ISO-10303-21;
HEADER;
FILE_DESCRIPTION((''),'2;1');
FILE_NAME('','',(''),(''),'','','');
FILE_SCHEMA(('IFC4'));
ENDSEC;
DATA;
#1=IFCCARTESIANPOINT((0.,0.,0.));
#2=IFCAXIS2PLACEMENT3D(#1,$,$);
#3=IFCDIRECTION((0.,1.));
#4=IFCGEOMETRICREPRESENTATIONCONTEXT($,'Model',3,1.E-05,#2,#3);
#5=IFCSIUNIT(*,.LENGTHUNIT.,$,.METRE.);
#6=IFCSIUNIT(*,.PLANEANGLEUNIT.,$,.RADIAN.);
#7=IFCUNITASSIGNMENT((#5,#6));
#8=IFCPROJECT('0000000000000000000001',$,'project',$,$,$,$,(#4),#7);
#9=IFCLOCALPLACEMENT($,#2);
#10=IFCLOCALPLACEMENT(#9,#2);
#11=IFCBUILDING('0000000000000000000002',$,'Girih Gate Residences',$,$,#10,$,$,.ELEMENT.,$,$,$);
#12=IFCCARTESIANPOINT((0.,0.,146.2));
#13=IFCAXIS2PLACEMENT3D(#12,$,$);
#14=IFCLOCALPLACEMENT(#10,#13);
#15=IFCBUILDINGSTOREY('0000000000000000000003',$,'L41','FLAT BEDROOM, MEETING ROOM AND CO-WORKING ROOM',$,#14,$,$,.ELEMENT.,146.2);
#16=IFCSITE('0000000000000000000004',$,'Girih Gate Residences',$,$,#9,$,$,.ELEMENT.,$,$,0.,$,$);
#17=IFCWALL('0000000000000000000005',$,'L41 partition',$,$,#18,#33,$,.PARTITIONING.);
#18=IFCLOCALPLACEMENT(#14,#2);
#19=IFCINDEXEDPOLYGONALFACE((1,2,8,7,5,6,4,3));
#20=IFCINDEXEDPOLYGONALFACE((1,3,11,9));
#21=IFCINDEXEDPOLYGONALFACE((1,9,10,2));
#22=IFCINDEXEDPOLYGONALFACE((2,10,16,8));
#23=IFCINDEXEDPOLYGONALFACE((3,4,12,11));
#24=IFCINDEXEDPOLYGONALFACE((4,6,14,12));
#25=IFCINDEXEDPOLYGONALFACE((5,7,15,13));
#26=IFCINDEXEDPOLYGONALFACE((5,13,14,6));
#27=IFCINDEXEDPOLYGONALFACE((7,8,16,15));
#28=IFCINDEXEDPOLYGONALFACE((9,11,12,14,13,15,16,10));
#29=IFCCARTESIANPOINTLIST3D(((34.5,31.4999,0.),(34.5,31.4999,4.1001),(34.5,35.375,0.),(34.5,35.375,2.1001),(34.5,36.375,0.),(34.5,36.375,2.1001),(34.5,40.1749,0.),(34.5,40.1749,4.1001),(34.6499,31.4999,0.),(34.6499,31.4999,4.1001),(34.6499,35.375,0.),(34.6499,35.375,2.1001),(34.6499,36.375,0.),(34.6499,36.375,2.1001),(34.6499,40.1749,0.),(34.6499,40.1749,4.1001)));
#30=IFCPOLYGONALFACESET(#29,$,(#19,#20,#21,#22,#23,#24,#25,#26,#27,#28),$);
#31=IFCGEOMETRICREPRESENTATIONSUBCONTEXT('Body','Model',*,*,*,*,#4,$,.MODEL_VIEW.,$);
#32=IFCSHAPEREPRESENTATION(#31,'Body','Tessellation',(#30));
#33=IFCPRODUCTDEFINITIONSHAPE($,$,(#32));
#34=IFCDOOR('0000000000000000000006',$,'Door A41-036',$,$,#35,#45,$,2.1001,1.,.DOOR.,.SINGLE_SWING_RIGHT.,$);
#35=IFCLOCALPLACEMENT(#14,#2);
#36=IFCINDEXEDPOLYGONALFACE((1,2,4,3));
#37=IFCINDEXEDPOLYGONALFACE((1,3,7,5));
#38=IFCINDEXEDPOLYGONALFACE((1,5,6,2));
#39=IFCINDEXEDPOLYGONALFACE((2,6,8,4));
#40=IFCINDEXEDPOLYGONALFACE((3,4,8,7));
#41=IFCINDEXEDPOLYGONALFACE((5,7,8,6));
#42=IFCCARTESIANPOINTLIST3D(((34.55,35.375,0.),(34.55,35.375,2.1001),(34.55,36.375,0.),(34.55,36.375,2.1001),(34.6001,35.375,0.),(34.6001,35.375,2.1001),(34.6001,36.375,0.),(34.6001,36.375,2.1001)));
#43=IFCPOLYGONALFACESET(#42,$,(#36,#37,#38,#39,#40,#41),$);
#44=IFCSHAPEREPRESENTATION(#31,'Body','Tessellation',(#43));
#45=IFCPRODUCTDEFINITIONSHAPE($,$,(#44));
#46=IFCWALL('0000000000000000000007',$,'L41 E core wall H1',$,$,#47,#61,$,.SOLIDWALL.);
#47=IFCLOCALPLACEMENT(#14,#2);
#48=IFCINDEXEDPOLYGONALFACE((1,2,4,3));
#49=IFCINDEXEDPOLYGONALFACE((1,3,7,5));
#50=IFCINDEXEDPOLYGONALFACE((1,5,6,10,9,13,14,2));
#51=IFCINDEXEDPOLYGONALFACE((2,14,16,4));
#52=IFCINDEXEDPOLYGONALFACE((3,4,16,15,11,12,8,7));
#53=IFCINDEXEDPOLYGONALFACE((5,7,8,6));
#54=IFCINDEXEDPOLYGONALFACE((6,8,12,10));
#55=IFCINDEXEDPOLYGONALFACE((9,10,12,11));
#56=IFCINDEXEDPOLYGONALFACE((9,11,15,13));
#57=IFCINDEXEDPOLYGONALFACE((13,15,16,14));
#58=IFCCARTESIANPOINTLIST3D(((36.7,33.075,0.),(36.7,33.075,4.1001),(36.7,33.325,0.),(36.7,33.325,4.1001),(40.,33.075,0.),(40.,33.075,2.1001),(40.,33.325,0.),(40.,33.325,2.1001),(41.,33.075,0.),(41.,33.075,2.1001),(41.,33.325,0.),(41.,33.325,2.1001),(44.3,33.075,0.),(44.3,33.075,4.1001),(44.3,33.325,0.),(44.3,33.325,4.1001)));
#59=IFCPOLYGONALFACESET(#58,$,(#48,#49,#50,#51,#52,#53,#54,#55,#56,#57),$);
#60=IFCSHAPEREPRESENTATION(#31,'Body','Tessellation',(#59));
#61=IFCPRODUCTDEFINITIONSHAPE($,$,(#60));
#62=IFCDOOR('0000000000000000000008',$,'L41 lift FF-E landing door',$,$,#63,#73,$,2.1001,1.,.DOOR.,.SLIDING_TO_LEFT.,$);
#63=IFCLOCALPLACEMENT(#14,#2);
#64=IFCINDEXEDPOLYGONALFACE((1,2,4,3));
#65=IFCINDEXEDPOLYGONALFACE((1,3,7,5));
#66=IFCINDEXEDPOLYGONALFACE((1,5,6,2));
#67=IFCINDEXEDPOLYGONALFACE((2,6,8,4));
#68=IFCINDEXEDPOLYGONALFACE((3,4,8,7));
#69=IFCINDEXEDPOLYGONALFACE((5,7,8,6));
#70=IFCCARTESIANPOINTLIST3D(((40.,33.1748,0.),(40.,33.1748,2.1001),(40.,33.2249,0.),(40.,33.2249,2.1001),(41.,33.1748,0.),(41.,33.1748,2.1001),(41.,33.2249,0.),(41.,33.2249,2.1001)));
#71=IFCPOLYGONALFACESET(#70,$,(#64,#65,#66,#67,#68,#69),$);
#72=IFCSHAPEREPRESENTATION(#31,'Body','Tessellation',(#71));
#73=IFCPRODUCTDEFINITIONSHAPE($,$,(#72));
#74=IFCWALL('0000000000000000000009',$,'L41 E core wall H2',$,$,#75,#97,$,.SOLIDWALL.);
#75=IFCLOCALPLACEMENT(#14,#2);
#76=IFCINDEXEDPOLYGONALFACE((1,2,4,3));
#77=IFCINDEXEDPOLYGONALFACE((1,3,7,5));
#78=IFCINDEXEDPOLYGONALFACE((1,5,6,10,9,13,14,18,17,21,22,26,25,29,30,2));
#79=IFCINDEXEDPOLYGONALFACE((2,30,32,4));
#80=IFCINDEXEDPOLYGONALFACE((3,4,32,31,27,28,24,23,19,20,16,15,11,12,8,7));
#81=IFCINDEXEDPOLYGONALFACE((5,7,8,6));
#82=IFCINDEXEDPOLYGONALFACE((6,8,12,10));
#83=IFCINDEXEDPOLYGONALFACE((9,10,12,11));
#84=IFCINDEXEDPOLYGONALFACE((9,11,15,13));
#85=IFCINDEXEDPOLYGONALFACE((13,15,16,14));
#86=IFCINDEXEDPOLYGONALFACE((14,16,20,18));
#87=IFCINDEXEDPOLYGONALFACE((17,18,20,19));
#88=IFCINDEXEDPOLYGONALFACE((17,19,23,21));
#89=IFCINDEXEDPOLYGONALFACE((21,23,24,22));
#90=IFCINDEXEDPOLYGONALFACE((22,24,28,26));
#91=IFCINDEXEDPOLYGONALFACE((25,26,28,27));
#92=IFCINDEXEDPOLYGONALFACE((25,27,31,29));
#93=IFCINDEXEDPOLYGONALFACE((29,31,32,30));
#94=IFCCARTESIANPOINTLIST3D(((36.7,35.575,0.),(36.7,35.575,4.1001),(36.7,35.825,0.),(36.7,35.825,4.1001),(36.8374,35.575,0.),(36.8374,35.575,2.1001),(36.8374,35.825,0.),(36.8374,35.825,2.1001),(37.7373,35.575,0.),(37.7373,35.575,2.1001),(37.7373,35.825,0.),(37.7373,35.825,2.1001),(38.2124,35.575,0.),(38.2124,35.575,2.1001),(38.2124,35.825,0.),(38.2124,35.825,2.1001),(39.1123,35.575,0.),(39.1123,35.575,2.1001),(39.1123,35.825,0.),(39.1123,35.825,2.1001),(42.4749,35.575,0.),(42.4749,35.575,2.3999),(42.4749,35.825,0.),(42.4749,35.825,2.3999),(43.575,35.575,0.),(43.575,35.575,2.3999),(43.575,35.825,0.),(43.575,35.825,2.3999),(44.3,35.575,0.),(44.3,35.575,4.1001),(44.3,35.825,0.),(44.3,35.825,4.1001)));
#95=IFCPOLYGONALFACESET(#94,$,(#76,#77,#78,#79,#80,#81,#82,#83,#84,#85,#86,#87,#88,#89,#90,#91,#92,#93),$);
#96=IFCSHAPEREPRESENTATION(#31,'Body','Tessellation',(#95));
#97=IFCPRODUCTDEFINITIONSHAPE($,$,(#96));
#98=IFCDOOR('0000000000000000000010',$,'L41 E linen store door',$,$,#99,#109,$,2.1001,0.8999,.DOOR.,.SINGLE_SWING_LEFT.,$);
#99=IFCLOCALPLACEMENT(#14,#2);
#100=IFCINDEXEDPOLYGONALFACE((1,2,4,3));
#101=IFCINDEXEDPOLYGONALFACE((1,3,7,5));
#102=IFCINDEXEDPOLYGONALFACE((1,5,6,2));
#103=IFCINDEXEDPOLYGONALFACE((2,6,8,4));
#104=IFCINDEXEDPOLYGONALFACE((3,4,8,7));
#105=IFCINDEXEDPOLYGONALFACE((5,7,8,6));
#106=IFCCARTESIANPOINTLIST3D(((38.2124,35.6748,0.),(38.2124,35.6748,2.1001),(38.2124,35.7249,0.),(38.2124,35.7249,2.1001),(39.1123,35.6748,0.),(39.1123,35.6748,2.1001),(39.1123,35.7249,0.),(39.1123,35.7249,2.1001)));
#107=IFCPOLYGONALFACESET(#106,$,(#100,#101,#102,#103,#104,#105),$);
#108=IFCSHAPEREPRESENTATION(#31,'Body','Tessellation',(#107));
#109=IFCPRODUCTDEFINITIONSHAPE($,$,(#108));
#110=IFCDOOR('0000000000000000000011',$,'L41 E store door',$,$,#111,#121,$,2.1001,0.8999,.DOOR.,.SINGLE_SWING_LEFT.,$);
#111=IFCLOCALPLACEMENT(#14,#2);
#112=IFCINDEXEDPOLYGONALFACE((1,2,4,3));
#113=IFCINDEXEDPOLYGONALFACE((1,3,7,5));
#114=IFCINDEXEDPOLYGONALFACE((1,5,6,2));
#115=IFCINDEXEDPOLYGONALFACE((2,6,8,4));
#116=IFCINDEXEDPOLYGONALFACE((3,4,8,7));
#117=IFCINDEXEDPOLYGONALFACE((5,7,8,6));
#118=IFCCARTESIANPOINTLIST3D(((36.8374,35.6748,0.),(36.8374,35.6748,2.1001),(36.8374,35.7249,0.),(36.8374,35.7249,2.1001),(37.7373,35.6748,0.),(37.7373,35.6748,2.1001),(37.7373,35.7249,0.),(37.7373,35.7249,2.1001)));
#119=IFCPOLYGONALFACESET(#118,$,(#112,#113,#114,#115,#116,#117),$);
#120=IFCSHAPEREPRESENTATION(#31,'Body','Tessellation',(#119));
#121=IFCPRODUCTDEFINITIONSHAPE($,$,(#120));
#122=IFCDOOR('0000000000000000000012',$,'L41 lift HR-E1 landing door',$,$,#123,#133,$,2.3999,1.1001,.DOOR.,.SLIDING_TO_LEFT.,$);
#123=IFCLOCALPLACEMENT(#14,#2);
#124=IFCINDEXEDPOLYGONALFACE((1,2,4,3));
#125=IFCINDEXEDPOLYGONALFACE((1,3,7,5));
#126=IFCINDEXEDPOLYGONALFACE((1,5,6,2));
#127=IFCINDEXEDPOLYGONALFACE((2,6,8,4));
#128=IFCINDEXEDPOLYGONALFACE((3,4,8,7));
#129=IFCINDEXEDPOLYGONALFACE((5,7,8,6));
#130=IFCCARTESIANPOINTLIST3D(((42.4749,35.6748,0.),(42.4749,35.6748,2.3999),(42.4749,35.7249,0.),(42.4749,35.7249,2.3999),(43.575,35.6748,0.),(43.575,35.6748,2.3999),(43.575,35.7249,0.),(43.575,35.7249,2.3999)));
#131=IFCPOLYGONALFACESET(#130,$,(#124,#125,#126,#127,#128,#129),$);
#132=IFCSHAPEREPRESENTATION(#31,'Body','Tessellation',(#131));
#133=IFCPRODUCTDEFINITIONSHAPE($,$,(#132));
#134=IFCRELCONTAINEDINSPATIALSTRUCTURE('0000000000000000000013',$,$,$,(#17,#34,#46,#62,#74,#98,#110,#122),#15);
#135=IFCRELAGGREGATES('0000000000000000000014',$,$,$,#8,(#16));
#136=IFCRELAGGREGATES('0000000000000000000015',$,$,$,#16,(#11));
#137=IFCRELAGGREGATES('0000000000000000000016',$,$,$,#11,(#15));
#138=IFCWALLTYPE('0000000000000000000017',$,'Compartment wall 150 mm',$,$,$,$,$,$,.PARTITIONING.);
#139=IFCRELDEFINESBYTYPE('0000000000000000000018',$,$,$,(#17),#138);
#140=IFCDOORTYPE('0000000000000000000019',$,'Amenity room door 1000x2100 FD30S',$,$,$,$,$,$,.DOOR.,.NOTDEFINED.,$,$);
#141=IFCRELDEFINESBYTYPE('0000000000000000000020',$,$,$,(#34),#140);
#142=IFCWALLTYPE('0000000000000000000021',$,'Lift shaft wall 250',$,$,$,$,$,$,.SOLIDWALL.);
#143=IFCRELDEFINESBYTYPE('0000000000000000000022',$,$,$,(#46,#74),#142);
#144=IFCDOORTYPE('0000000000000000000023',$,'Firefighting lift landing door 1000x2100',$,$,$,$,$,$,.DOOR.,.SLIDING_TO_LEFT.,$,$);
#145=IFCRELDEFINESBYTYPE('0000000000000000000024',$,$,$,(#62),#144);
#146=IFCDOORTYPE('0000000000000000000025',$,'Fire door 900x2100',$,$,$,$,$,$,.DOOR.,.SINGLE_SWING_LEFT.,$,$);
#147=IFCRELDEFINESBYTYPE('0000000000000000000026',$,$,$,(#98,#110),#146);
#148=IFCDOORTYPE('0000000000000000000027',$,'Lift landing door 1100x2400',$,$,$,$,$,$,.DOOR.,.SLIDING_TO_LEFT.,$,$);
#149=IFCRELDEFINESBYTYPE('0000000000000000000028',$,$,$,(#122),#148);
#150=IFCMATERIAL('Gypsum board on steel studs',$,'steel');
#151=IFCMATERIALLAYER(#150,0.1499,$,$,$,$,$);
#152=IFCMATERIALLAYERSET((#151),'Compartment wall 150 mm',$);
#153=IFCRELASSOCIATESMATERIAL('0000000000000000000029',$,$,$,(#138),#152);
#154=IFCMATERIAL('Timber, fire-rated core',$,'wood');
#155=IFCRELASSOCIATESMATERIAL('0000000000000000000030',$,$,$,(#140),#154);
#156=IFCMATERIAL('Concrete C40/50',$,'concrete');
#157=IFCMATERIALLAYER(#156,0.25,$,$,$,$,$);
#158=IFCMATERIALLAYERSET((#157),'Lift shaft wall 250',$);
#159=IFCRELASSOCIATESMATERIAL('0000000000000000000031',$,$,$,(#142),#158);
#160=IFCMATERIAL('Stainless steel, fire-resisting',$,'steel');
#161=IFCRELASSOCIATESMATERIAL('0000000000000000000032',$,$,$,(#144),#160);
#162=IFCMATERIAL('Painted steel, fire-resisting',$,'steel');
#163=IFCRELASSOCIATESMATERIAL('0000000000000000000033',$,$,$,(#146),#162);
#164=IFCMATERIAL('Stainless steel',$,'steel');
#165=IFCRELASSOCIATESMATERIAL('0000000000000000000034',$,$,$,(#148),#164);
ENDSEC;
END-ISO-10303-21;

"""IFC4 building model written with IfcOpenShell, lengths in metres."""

from ifc_helpers import new_model, si_unit, direction, frame, frame_2d, origin, place, context, subcontext, project, spatial, rectangle, extrude, material, layer, layer_set, type_object, element, fill, save


model = new_model("IFC4")

# Units and contexts
model_context = context("Model", 3, precision=1e-05, world=origin(), true_north=direction((0.0, 1.0)))
body_context = subcontext(model_context, "Body", "Model", "MODEL_VIEW")
ifc_project = project(units=[si_unit("LENGTHUNIT", "METRE"), si_unit("PLANEANGLEUNIT", "RADIAN")], contexts=[model_context])

# Site, building, storey
site_placement = place(None, origin())
site = spatial("IfcSite", under=ifc_project, at=site_placement, Name="Girih Gate Residences", CompositionType="ELEMENT", RefElevation=0.0)
building_placement = place(site_placement, origin())
building = spatial("IfcBuilding", under=site, at=building_placement, Name="Girih Gate Residences", CompositionType="ELEMENT")
storey_placement = place(building_placement, frame((0.0, 0.0, 146.2)))
storey = spatial("IfcBuildingStorey", under=building, at=storey_placement, Name="L41", Description="FLAT BEDROOM, MEETING ROOM AND CO-WORKING ROOM", CompositionType="ELEMENT", Elevation=146.2)

# Walls, openings, doors
ifc_material_1 = material(Name="Gypsum board on steel studs", Category="steel")
ifc_layer_1 = layer(ifc_material_1, 0.1499)
ifc_layer_set_1 = layer_set([ifc_layer_1], Name="Compartment wall 150 mm")
wall_type_1 = type_object("IfcWallType", Name="Compartment wall 150 mm", PredefinedType="PARTITIONING", material=ifc_layer_set_1)
wall_1_placement = place(storey_placement, frame((34.575, 31.5, 0.0), z_axis=(0.0, 0.0, 1.0), x_axis=(0.0, 1.0, 0.0)))
wall_1 = element("IfcWall", 1, at=wall_1_placement, inside=storey, type_object=wall_type_1, Name="L41 partition", PredefinedType="PARTITIONING", context=body_context, shape_type="SweptSolid", body=[
    extrude(rectangle(XDim=8.675, YDim=0.1499, at=frame_2d((4.3374, 0.0))), origin(), (0.0, 0.0, 1.0), 4.1001),
])
opening_1_placement = place(wall_1_placement, frame((3.875, 0.0, 0.0)))
opening_1 = element("IfcOpeningElement", 2, at=opening_1_placement, cuts=wall_1, PredefinedType="OPENING", context=body_context, shape_type="SweptSolid", body=[
    extrude(rectangle(XDim=1.0, YDim=2.1001, at=frame_2d((0.5, 1.05))), frame((0.0, 0.085, 0.0), z_axis=(0.0, -1.0, 0.0), x_axis=(1.0, 0.0, 0.0)), (0.0, 0.0, 1.0), 0.1699),
])
ifc_material_2 = material(Name="Timber, fire-rated core", Category="wood")
door_type_1 = type_object("IfcDoorType", Name="Amenity room door 1000x2100 FD30S", OperationType="NOTDEFINED", PredefinedType="DOOR", material=ifc_material_2)
door_1_placement = place(opening_1_placement, origin())
door_1 = element("IfcDoor", 3, at=door_1_placement, inside=storey, type_object=door_type_1, Name="Door A41-036", OperationType="SINGLE_SWING_RIGHT", OverallHeight=2.1001, OverallWidth=1.0, PredefinedType="DOOR", context=body_context, shape_type="SweptSolid", body=[
    extrude(rectangle(XDim=1.0, YDim=2.1001, at=frame_2d((0.5, 1.05))), frame((0.0, 0.0249, 0.0), z_axis=(0.0, -1.0, 0.0), x_axis=(1.0, 0.0, 0.0)), (0.0, 0.0, 1.0), 0.05),
])
fill(opening_1, door_1)
ifc_material_3 = material(Name="Concrete C40/50", Category="concrete")
ifc_layer_2 = layer(ifc_material_3, 0.25)
ifc_layer_set_2 = layer_set([ifc_layer_2], Name="Lift shaft wall 250")
wall_type_2 = type_object("IfcWallType", Name="Lift shaft wall 250", PredefinedType="SOLIDWALL", material=ifc_layer_set_2)
wall_2_placement = place(storey_placement, frame((36.7, 33.2, 0.0), z_axis=(0.0, 0.0, 1.0), x_axis=(1.0, 0.0, 0.0)))
wall_2 = element("IfcWall", 4, at=wall_2_placement, inside=storey, type_object=wall_type_2, Name="L41 E core wall H1", PredefinedType="SOLIDWALL", context=body_context, shape_type="SweptSolid", body=[
    extrude(rectangle(XDim=7.6001, YDim=0.25, at=frame_2d((3.8, 0.0))), origin(), (0.0, 0.0, 1.0), 4.1001),
])
opening_2_placement = place(wall_2_placement, frame((3.3, 0.0, 0.0)))
opening_2 = element("IfcOpeningElement", 5, at=opening_2_placement, cuts=wall_2, PredefinedType="OPENING", context=body_context, shape_type="SweptSolid", body=[
    extrude(rectangle(XDim=1.0, YDim=2.1001, at=frame_2d((0.5, 1.05))), frame((0.0, 0.135, 0.0), z_axis=(0.0, -1.0, 0.0), x_axis=(1.0, 0.0, 0.0)), (0.0, 0.0, 1.0), 0.27),
])
ifc_material_4 = material(Name="Stainless steel, fire-resisting", Category="steel")
door_type_2 = type_object("IfcDoorType", Name="Firefighting lift landing door 1000x2100", OperationType="SLIDING_TO_LEFT", PredefinedType="DOOR", material=ifc_material_4)
door_2_placement = place(opening_2_placement, origin())
door_2 = element("IfcDoor", 6, at=door_2_placement, inside=storey, type_object=door_type_2, Name="L41 lift FF-E landing door", OperationType="SLIDING_TO_LEFT", OverallHeight=2.1001, OverallWidth=1.0, PredefinedType="DOOR", context=body_context, shape_type="SweptSolid", body=[
    extrude(rectangle(XDim=1.0, YDim=2.1001, at=frame_2d((0.5, 1.05))), frame((0.0, 0.0249, 0.0), z_axis=(0.0, -1.0, 0.0), x_axis=(1.0, 0.0, 0.0)), (0.0, 0.0, 1.0), 0.05),
])
fill(opening_2, door_2)

# Wall, openings, doors
wall_3_placement = place(storey_placement, frame((36.7, 35.7, 0.0), z_axis=(0.0, 0.0, 1.0), x_axis=(1.0, 0.0, 0.0)))
wall_3 = element("IfcWall", 7, at=wall_3_placement, inside=storey, type_object=wall_type_2, Name="L41 E core wall H2", PredefinedType="SOLIDWALL", context=body_context, shape_type="SweptSolid", body=[
    extrude(rectangle(XDim=7.6001, YDim=0.25, at=frame_2d((3.8, 0.0))), origin(), (0.0, 0.0, 1.0), 4.1001),
])
opening_3_placement = place(wall_3_placement, frame((5.7749, 0.0, 0.0)))
opening_3 = element("IfcOpeningElement", 8, at=opening_3_placement, cuts=wall_3, PredefinedType="OPENING", context=body_context, shape_type="SweptSolid", body=[
    extrude(rectangle(XDim=1.1001, YDim=2.3999, at=frame_2d((0.55, 1.2))), frame((0.0, 0.135, 0.0), z_axis=(0.0, -1.0, 0.0), x_axis=(1.0, 0.0, 0.0)), (0.0, 0.0, 1.0), 0.27),
])
opening_4_placement = place(wall_3_placement, frame((1.5125, 0.0, 0.0)))
opening_4 = element("IfcOpeningElement", 9, at=opening_4_placement, cuts=wall_3, PredefinedType="OPENING", context=body_context, shape_type="SweptSolid", body=[
    extrude(rectangle(XDim=0.8999, YDim=2.1001, at=frame_2d((0.45, 1.05))), frame((0.0, 0.135, 0.0), z_axis=(0.0, -1.0, 0.0), x_axis=(1.0, 0.0, 0.0)), (0.0, 0.0, 1.0), 0.27),
])
opening_5_placement = place(wall_3_placement, frame((0.1375, 0.0, 0.0)))
opening_5 = element("IfcOpeningElement", 10, at=opening_5_placement, cuts=wall_3, PredefinedType="OPENING", context=body_context, shape_type="SweptSolid", body=[
    extrude(rectangle(XDim=0.8999, YDim=2.1001, at=frame_2d((0.45, 1.05))), frame((0.0, 0.135, 0.0), z_axis=(0.0, -1.0, 0.0), x_axis=(1.0, 0.0, 0.0)), (0.0, 0.0, 1.0), 0.27),
])
ifc_material_5 = material(Name="Painted steel, fire-resisting", Category="steel")
door_type_3 = type_object("IfcDoorType", Name="Fire door 900x2100", OperationType="SINGLE_SWING_LEFT", PredefinedType="DOOR", material=ifc_material_5)
door_3_placement = place(opening_4_placement, origin())
door_3 = element("IfcDoor", 11, at=door_3_placement, inside=storey, type_object=door_type_3, Name="L41 E linen store door", OperationType="SINGLE_SWING_LEFT", OverallHeight=2.1001, OverallWidth=0.8999, PredefinedType="DOOR", context=body_context, shape_type="SweptSolid", body=[
    extrude(rectangle(XDim=0.8999, YDim=2.1001, at=frame_2d((0.45, 1.05))), frame((0.0, 0.0249, 0.0), z_axis=(0.0, -1.0, 0.0), x_axis=(1.0, 0.0, 0.0)), (0.0, 0.0, 1.0), 0.05),
])
fill(opening_4, door_3)
door_4_placement = place(opening_5_placement, origin())
door_4 = element("IfcDoor", 12, at=door_4_placement, inside=storey, type_object=door_type_3, Name="L41 E store door", OperationType="SINGLE_SWING_LEFT", OverallHeight=2.1001, OverallWidth=0.8999, PredefinedType="DOOR", context=body_context, shape_type="SweptSolid", body=[
    extrude(rectangle(XDim=0.8999, YDim=2.1001, at=frame_2d((0.45, 1.05))), frame((0.0, 0.0249, 0.0), z_axis=(0.0, -1.0, 0.0), x_axis=(1.0, 0.0, 0.0)), (0.0, 0.0, 1.0), 0.05),
])
fill(opening_5, door_4)
ifc_material_6 = material(Name="Stainless steel", Category="steel")
door_type_4 = type_object("IfcDoorType", Name="Lift landing door 1100x2400", OperationType="SLIDING_TO_LEFT", PredefinedType="DOOR", material=ifc_material_6)
door_5_placement = place(opening_3_placement, origin())
door_5 = element("IfcDoor", 13, at=door_5_placement, inside=storey, type_object=door_type_4, Name="L41 lift HR-E1 landing door", OperationType="SLIDING_TO_LEFT", OverallHeight=2.3999, OverallWidth=1.1001, PredefinedType="DOOR", context=body_context, shape_type="SweptSolid", body=[
    extrude(rectangle(XDim=1.1001, YDim=2.3999, at=frame_2d((0.55, 1.2))), frame((0.0, 0.0249, 0.0), z_axis=(0.0, -1.0, 0.0), x_axis=(1.0, 0.0, 0.0)), (0.0, 0.0, 1.0), 0.05),
])
fill(opening_3, door_5)

save(model, "model.ifc")
